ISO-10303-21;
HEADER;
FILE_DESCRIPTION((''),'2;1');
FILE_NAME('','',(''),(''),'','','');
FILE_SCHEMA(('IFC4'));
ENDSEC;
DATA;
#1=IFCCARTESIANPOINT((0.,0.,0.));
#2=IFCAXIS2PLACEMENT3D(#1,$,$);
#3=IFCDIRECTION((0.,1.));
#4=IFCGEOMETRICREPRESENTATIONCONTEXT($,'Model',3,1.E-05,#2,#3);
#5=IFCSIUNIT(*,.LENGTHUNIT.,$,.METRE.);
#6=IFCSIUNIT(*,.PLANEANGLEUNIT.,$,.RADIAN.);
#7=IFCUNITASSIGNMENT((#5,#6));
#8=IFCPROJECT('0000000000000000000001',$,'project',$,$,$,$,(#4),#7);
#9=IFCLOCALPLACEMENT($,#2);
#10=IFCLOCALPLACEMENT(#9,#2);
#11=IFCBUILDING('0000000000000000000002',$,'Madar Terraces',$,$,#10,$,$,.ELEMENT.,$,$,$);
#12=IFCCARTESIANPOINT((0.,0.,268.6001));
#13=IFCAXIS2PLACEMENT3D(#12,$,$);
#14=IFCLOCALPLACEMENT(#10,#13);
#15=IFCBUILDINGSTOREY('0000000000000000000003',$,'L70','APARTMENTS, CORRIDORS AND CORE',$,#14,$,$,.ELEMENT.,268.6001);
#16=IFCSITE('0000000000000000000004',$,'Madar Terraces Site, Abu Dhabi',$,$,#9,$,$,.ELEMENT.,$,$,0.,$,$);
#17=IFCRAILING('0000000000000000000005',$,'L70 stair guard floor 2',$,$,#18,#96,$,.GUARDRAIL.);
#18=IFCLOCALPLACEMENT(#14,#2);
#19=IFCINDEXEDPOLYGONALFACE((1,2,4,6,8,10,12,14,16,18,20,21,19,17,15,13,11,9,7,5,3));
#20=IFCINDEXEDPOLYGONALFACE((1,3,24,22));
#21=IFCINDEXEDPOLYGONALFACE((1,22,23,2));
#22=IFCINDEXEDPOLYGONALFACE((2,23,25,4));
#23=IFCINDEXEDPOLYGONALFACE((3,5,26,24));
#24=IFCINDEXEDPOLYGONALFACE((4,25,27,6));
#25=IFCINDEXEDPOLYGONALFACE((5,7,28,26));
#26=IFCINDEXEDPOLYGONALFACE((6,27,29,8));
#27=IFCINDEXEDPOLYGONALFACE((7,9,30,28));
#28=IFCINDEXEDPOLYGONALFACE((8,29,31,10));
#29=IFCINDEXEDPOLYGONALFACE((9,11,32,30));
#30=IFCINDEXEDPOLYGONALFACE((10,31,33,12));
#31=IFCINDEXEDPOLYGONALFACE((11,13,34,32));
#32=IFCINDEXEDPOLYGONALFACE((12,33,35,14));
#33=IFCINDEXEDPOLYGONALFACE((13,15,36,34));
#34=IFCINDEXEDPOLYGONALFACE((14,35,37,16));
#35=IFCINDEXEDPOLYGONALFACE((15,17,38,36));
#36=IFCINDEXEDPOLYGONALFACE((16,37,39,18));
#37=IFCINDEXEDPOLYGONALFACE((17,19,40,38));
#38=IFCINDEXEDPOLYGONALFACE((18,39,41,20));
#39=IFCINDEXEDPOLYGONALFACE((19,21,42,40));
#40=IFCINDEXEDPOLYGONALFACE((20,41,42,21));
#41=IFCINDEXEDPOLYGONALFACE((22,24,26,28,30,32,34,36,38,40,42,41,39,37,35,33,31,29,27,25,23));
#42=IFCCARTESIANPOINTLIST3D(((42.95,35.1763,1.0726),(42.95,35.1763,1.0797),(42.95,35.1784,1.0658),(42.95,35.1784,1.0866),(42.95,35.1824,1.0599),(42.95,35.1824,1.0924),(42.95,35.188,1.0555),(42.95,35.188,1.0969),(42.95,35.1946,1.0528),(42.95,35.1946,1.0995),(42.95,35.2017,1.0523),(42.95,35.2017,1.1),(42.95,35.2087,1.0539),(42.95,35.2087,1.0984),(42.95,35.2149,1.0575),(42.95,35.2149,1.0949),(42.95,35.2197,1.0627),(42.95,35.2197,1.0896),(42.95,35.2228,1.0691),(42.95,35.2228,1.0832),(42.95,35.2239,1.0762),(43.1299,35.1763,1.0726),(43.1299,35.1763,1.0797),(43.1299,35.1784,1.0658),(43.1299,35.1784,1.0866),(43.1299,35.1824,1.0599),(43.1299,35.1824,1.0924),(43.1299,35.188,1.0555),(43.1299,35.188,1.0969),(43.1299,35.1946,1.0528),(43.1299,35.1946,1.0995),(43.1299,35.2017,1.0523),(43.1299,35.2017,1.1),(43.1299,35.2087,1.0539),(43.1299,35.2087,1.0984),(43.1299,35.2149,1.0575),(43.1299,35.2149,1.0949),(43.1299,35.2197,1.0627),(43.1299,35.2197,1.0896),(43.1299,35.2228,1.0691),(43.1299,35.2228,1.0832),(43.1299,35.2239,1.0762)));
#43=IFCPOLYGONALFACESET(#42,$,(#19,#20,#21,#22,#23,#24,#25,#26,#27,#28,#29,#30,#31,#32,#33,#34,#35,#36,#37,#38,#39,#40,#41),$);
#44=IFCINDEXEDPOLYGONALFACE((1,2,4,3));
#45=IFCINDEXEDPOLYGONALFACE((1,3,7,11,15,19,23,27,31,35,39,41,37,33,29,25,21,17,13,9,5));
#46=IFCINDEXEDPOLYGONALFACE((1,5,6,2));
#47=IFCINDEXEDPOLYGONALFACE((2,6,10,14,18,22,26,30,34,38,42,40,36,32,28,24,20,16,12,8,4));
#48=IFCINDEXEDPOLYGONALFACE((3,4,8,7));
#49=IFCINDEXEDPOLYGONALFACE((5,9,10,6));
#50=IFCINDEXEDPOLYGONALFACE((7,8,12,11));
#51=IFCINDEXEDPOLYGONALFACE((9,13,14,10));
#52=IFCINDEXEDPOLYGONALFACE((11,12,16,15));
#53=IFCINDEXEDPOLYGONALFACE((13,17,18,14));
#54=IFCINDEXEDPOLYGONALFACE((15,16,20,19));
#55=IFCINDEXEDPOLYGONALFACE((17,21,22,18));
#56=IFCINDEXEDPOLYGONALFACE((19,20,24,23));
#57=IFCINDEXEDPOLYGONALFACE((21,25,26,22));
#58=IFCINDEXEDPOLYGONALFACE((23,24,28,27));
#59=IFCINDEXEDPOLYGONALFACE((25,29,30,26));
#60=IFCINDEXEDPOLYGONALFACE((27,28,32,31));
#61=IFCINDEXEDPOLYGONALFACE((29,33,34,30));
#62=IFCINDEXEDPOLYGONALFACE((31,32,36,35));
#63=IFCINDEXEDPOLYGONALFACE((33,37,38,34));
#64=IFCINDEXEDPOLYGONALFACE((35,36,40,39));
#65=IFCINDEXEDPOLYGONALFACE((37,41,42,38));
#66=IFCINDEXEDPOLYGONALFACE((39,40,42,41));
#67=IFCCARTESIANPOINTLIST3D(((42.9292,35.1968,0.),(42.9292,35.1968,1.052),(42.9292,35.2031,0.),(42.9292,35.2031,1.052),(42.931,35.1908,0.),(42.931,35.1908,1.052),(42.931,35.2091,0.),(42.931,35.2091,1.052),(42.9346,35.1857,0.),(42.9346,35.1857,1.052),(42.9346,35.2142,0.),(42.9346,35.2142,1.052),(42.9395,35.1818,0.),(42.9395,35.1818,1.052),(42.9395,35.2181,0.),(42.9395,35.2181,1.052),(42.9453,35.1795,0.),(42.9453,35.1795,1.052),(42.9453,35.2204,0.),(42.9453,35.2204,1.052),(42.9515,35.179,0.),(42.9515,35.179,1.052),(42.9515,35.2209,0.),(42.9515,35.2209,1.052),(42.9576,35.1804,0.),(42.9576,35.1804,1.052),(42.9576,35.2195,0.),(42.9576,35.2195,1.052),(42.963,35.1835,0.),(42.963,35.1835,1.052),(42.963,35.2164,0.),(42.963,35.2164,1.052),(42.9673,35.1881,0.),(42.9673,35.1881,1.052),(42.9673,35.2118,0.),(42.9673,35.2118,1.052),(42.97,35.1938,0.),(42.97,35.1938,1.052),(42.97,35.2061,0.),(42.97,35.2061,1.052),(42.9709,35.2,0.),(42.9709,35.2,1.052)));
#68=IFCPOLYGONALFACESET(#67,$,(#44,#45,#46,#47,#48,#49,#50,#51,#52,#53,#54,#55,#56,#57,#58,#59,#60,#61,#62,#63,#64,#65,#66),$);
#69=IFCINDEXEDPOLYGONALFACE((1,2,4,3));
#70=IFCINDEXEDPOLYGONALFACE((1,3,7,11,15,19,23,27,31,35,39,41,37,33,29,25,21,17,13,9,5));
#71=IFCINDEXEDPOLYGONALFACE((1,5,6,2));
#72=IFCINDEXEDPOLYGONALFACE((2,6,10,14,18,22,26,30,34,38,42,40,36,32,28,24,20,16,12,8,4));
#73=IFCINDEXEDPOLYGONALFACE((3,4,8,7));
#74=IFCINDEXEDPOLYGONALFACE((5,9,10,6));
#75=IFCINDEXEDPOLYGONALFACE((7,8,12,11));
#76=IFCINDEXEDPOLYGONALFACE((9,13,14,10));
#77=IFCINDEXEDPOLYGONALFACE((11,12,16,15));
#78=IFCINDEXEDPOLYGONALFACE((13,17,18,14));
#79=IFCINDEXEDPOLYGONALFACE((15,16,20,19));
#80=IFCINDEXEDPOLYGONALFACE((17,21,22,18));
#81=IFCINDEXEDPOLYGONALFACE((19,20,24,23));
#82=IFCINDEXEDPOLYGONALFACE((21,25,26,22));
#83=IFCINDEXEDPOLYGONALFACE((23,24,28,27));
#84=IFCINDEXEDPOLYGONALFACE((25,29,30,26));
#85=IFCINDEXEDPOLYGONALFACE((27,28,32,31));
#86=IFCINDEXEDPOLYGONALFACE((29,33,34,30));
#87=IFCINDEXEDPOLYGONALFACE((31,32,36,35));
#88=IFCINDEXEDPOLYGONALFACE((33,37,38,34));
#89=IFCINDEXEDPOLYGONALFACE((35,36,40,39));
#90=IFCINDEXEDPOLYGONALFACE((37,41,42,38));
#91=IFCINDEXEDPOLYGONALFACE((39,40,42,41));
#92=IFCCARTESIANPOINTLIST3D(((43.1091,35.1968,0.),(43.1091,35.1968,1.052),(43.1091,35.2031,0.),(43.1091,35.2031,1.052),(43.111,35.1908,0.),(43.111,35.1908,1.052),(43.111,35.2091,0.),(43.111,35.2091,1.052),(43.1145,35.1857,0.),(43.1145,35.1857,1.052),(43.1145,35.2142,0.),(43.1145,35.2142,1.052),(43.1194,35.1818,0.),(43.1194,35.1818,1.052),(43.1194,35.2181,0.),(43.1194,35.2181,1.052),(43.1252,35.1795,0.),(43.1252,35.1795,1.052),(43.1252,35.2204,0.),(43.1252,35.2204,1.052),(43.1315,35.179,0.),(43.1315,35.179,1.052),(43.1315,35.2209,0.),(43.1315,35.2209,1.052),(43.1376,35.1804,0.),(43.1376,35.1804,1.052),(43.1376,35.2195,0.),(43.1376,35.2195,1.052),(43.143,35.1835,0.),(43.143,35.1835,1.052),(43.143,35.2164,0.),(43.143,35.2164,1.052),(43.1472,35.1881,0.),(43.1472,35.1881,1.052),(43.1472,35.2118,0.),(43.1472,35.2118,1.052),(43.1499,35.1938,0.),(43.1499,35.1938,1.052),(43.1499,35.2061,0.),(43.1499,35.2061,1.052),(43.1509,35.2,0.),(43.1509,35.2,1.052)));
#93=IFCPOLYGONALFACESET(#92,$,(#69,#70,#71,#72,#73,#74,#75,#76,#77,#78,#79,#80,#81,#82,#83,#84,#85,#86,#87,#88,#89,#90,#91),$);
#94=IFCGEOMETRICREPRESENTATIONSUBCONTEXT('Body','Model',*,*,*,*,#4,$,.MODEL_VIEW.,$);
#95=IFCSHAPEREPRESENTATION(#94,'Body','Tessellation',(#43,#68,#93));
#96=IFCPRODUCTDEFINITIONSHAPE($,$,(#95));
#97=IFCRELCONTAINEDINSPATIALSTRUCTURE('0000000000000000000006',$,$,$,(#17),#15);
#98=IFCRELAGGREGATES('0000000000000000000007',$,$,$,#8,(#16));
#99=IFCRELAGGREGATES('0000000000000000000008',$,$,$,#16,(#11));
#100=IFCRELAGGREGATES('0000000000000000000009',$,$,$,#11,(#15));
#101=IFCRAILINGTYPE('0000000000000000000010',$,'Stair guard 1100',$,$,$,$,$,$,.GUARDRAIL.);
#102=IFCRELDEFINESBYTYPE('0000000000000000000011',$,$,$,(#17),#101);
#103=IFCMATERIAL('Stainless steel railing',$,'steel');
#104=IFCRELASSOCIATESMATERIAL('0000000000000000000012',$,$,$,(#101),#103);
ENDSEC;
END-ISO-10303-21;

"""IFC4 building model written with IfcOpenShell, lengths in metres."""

from ifc_helpers import new_model, si_unit, direction, frame, origin, origin_2d, place, context, subcontext, project, spatial, circle, extrude, material, type_object, element, save


model = new_model("IFC4")

# Units and contexts
model_context = context("Model", 3, precision=1e-05, world=origin(), true_north=direction((0.0, 1.0)))
body_context = subcontext(model_context, "Body", "Model", "MODEL_VIEW")
ifc_project = project(units=[si_unit("LENGTHUNIT", "METRE"), si_unit("PLANEANGLEUNIT", "RADIAN")], contexts=[model_context])

# Site, building, storey
site_placement = place(None, origin())
site = spatial("IfcSite", under=ifc_project, at=site_placement, Name="Madar Terraces Site, Abu Dhabi", CompositionType="ELEMENT", RefElevation=0.0)
building_placement = place(site_placement, origin())
building = spatial("IfcBuilding", under=site, at=building_placement, Name="Madar Terraces", CompositionType="ELEMENT")
storey_placement = place(building_placement, frame((0.0, 0.0, 268.6001)))
storey = spatial("IfcBuildingStorey", under=building, at=storey_placement, Name="L70", Description="APARTMENTS, CORRIDORS AND CORE", CompositionType="ELEMENT", Elevation=268.6001)

# Railing
ifc_material_1 = material(Name="Stainless steel railing", Category="steel")
railing_type_1 = type_object("IfcRailingType", Name="Stair guard 1100", PredefinedType="GUARDRAIL", material=ifc_material_1)
for number, where, name in (
    (1, (42.95, 35.2, 0.0), "L70 stair guard floor 2"),
):
    element("IfcRailing", number, at=place(storey_placement, frame(where)), inside=storey, type_object=railing_type_1, Name=name, PredefinedType="GUARDRAIL", context=body_context, shape_type="SweptSolid", body=[
        extrude(circle(Radius=0.0239, at=origin_2d()), frame((0.0, 0.0, 1.0762), z_axis=(1.0, 0.0, 0.0), x_axis=(0.0, 1.0, 0.0)), (0.0, 0.0, 1.0), 0.1799),
        extrude(circle(Radius=0.021, at=origin_2d()), origin(), (0.0, 0.0, 1.0), 1.052),
        extrude(circle(Radius=0.021, at=origin_2d()), frame((0.1799, 0.0, 0.0)), (0.0, 0.0, 1.0), 1.052),
    ])

save(model, "model.ifc")
